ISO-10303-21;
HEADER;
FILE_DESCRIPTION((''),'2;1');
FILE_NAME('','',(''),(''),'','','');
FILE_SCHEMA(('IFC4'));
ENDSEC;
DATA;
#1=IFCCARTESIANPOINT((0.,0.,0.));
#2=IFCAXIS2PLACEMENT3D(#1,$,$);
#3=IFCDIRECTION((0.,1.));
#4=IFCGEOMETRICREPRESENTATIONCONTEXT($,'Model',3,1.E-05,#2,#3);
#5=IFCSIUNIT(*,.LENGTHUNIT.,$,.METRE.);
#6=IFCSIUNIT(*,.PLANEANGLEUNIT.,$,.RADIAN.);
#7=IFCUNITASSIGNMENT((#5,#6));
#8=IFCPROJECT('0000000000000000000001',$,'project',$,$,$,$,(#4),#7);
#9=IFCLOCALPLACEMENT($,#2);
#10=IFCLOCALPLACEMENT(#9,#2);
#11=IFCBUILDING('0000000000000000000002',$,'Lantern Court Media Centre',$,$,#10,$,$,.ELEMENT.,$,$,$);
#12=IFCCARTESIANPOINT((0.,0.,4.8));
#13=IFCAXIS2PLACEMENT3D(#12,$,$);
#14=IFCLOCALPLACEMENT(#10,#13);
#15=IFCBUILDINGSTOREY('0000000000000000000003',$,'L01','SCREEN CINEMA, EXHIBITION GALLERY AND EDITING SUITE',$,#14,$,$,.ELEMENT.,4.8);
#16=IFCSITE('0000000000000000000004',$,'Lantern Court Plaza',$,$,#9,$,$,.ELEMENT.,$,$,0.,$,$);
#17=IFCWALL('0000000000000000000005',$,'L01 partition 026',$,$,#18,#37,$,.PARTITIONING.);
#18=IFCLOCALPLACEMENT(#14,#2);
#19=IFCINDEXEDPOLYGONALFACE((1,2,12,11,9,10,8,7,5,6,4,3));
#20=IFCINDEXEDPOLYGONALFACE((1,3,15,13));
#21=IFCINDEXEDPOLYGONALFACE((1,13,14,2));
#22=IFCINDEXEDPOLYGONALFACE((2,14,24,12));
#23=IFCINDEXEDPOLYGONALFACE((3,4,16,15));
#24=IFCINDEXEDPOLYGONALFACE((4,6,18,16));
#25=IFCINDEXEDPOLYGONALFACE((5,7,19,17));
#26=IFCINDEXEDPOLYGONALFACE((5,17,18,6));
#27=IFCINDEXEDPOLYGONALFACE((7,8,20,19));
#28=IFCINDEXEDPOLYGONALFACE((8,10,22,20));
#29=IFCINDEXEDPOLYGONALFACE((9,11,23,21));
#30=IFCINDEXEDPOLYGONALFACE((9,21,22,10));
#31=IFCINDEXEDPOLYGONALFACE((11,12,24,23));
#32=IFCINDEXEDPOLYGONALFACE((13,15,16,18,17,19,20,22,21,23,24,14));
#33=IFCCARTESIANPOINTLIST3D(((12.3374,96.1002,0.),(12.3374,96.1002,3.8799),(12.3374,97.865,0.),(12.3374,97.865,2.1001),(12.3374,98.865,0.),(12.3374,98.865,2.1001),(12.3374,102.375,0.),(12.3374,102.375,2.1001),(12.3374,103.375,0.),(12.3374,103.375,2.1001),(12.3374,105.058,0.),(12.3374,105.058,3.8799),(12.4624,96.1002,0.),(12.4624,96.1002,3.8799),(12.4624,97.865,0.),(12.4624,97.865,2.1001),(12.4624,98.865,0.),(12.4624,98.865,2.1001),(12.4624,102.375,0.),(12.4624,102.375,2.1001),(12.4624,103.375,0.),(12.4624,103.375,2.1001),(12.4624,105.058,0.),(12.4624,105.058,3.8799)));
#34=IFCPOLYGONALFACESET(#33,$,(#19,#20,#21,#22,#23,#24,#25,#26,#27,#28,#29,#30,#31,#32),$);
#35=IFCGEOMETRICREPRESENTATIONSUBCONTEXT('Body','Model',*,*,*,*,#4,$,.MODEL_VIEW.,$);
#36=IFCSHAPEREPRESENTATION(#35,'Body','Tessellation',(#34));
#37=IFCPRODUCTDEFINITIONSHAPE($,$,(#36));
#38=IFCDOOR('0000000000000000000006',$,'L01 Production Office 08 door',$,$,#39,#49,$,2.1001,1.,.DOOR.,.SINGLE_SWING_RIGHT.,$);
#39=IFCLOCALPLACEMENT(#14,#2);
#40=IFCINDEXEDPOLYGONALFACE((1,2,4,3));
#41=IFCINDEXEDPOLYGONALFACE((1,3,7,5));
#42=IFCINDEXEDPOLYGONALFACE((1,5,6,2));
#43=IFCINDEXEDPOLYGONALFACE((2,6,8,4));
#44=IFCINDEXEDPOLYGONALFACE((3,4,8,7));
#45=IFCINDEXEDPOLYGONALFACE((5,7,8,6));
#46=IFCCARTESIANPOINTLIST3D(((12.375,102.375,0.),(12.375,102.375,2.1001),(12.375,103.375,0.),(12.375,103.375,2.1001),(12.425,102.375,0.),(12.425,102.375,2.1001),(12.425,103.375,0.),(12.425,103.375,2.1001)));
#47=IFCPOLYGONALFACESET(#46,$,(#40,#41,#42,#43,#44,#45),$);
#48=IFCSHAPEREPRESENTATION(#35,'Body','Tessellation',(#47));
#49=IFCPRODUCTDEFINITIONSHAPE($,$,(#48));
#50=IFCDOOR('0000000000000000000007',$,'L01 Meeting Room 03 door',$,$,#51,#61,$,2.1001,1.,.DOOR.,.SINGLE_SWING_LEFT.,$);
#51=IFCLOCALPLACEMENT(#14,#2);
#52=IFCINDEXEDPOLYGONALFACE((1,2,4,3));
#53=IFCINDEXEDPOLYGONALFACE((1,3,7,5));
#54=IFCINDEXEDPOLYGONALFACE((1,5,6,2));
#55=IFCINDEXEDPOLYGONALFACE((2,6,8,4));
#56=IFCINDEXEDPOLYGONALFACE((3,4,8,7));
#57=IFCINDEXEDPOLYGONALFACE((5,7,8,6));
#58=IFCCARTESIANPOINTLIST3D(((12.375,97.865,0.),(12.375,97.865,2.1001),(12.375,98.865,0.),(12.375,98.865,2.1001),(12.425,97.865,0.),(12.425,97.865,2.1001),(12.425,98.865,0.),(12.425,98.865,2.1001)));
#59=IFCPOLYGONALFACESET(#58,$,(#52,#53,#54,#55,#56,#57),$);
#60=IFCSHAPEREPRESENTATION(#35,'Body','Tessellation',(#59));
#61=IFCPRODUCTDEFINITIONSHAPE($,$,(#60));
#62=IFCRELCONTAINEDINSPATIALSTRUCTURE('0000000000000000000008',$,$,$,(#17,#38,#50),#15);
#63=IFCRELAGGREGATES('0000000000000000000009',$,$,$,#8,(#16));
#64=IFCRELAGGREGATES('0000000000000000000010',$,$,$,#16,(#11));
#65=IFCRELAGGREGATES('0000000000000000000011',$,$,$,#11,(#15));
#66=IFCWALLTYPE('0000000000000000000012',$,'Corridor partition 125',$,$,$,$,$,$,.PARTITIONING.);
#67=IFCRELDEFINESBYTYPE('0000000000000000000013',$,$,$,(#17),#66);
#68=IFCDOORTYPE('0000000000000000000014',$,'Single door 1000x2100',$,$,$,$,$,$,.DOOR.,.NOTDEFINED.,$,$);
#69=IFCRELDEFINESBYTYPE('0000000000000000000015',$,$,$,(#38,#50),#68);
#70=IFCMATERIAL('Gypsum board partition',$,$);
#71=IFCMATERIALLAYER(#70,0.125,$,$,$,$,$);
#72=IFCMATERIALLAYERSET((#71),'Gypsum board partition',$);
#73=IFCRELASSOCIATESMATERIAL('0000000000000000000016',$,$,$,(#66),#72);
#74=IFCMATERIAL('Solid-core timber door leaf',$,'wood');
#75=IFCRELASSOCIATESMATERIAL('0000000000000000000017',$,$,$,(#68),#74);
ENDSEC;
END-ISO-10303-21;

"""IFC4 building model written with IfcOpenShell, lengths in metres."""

from ifc_helpers import new_model, si_unit, direction, frame, frame_2d, origin, place, context, subcontext, project, spatial, rectangle, extrude, material, layer, layer_set, type_object, element, fill, save


model = new_model("IFC4")

# Units and contexts
model_context = context("Model", 3, precision=1e-05, world=origin(), true_north=direction((0.0, 1.0)))
body_context = subcontext(model_context, "Body", "Model", "MODEL_VIEW")
ifc_project = project(units=[si_unit("LENGTHUNIT", "METRE"), si_unit("PLANEANGLEUNIT", "RADIAN")], contexts=[model_context])

# Site, building, storey
site_placement = place(None, origin())
site = spatial("IfcSite", under=ifc_project, at=site_placement, Name="Lantern Court Plaza", CompositionType="ELEMENT", RefElevation=0.0)
building_placement = place(site_placement, origin())
building = spatial("IfcBuilding", under=site, at=building_placement, Name="Lantern Court Media Centre", CompositionType="ELEMENT")
storey_placement = place(building_placement, frame((0.0, 0.0, 4.8)))
storey = spatial("IfcBuildingStorey", under=building, at=storey_placement, Name="L01", Description="SCREEN CINEMA, EXHIBITION GALLERY AND EDITING SUITE", CompositionType="ELEMENT", Elevation=4.8)

# Wall, openings, doors
ifc_material_1 = material(Name="Gypsum board partition")
ifc_layer_1 = layer(ifc_material_1, 0.125)
ifc_layer_set_1 = layer_set([ifc_layer_1], Name="Gypsum board partition")
wall_type_1 = type_object("IfcWallType", Name="Corridor partition 125", PredefinedType="PARTITIONING", material=ifc_layer_set_1)
wall_1_placement = place(storey_placement, frame((12.3999, 96.1001, 0.0), z_axis=(0.0, 0.0, 1.0), x_axis=(0.0, 1.0, 0.0)))
wall_1 = element("IfcWall", 1, at=wall_1_placement, inside=storey, type_object=wall_type_1, Name="L01 partition 026", PredefinedType="PARTITIONING", context=body_context, shape_type="SweptSolid", body=[
    extrude(rectangle(XDim=8.9578, YDim=0.125, at=frame_2d((4.479, 0.0))), origin(), (0.0, 0.0, 1.0), 3.8799),
])
opening_1_placement = place(wall_1_placement, frame((6.2749, 0.0, 0.0)))
opening_1 = element("IfcOpeningElement", 2, at=opening_1_placement, cuts=wall_1, PredefinedType="OPENING", context=body_context, shape_type="SweptSolid", body=[
    extrude(rectangle(XDim=1.0, YDim=2.1001, at=frame_2d((0.5, 1.05))), frame((0.0, 0.0725, 0.0), z_axis=(0.0, -1.0, 0.0), x_axis=(1.0, 0.0, 0.0)), (0.0, 0.0, 1.0), 0.145),
])
opening_2_placement = place(wall_1_placement, frame((1.7649, 0.0, 0.0)))
opening_2 = element("IfcOpeningElement", 3, at=opening_2_placement, cuts=wall_1, PredefinedType="OPENING", context=body_context, shape_type="SweptSolid", body=[
    extrude(rectangle(XDim=1.0, YDim=2.1001, at=frame_2d((0.5, 1.05))), frame((0.0, 0.0725, 0.0), z_axis=(0.0, -1.0, 0.0), x_axis=(1.0, 0.0, 0.0)), (0.0, 0.0, 1.0), 0.145),
])
ifc_material_2 = material(Name="Solid-core timber door leaf", Category="wood")
door_type_1 = type_object("IfcDoorType", Name="Single door 1000x2100", OperationType="NOTDEFINED", PredefinedType="DOOR", material=ifc_material_2)
door_1_placement = place(opening_1_placement, origin())
door_1 = element("IfcDoor", 4, at=door_1_placement, inside=storey, type_object=door_type_1, Name="L01 Production Office 08 door", OperationType="SINGLE_SWING_RIGHT", OverallHeight=2.1001, OverallWidth=1.0, PredefinedType="DOOR", context=body_context, shape_type="SweptSolid", body=[
    extrude(rectangle(XDim=1.0, YDim=2.1001, at=frame_2d((0.5, 1.05))), frame((0.0, 0.0249, 0.0), z_axis=(0.0, -1.0, 0.0), x_axis=(1.0, 0.0, 0.0)), (0.0, 0.0, 1.0), 0.05),
])
fill(opening_1, door_1)
door_2_placement = place(opening_2_placement, origin())
door_2 = element("IfcDoor", 5, at=door_2_placement, inside=storey, type_object=door_type_1, Name="L01 Meeting Room 03 door", OperationType="SINGLE_SWING_LEFT", OverallHeight=2.1001, OverallWidth=1.0, PredefinedType="DOOR", context=body_context, shape_type="SweptSolid", body=[
    extrude(rectangle(XDim=1.0, YDim=2.1001, at=frame_2d((0.5, 1.05))), frame((0.0, 0.0249, 0.0), z_axis=(0.0, -1.0, 0.0), x_axis=(1.0, 0.0, 0.0)), (0.0, 0.0, 1.0), 0.05),
])
fill(opening_2, door_2)

save(model, "model.ifc")
